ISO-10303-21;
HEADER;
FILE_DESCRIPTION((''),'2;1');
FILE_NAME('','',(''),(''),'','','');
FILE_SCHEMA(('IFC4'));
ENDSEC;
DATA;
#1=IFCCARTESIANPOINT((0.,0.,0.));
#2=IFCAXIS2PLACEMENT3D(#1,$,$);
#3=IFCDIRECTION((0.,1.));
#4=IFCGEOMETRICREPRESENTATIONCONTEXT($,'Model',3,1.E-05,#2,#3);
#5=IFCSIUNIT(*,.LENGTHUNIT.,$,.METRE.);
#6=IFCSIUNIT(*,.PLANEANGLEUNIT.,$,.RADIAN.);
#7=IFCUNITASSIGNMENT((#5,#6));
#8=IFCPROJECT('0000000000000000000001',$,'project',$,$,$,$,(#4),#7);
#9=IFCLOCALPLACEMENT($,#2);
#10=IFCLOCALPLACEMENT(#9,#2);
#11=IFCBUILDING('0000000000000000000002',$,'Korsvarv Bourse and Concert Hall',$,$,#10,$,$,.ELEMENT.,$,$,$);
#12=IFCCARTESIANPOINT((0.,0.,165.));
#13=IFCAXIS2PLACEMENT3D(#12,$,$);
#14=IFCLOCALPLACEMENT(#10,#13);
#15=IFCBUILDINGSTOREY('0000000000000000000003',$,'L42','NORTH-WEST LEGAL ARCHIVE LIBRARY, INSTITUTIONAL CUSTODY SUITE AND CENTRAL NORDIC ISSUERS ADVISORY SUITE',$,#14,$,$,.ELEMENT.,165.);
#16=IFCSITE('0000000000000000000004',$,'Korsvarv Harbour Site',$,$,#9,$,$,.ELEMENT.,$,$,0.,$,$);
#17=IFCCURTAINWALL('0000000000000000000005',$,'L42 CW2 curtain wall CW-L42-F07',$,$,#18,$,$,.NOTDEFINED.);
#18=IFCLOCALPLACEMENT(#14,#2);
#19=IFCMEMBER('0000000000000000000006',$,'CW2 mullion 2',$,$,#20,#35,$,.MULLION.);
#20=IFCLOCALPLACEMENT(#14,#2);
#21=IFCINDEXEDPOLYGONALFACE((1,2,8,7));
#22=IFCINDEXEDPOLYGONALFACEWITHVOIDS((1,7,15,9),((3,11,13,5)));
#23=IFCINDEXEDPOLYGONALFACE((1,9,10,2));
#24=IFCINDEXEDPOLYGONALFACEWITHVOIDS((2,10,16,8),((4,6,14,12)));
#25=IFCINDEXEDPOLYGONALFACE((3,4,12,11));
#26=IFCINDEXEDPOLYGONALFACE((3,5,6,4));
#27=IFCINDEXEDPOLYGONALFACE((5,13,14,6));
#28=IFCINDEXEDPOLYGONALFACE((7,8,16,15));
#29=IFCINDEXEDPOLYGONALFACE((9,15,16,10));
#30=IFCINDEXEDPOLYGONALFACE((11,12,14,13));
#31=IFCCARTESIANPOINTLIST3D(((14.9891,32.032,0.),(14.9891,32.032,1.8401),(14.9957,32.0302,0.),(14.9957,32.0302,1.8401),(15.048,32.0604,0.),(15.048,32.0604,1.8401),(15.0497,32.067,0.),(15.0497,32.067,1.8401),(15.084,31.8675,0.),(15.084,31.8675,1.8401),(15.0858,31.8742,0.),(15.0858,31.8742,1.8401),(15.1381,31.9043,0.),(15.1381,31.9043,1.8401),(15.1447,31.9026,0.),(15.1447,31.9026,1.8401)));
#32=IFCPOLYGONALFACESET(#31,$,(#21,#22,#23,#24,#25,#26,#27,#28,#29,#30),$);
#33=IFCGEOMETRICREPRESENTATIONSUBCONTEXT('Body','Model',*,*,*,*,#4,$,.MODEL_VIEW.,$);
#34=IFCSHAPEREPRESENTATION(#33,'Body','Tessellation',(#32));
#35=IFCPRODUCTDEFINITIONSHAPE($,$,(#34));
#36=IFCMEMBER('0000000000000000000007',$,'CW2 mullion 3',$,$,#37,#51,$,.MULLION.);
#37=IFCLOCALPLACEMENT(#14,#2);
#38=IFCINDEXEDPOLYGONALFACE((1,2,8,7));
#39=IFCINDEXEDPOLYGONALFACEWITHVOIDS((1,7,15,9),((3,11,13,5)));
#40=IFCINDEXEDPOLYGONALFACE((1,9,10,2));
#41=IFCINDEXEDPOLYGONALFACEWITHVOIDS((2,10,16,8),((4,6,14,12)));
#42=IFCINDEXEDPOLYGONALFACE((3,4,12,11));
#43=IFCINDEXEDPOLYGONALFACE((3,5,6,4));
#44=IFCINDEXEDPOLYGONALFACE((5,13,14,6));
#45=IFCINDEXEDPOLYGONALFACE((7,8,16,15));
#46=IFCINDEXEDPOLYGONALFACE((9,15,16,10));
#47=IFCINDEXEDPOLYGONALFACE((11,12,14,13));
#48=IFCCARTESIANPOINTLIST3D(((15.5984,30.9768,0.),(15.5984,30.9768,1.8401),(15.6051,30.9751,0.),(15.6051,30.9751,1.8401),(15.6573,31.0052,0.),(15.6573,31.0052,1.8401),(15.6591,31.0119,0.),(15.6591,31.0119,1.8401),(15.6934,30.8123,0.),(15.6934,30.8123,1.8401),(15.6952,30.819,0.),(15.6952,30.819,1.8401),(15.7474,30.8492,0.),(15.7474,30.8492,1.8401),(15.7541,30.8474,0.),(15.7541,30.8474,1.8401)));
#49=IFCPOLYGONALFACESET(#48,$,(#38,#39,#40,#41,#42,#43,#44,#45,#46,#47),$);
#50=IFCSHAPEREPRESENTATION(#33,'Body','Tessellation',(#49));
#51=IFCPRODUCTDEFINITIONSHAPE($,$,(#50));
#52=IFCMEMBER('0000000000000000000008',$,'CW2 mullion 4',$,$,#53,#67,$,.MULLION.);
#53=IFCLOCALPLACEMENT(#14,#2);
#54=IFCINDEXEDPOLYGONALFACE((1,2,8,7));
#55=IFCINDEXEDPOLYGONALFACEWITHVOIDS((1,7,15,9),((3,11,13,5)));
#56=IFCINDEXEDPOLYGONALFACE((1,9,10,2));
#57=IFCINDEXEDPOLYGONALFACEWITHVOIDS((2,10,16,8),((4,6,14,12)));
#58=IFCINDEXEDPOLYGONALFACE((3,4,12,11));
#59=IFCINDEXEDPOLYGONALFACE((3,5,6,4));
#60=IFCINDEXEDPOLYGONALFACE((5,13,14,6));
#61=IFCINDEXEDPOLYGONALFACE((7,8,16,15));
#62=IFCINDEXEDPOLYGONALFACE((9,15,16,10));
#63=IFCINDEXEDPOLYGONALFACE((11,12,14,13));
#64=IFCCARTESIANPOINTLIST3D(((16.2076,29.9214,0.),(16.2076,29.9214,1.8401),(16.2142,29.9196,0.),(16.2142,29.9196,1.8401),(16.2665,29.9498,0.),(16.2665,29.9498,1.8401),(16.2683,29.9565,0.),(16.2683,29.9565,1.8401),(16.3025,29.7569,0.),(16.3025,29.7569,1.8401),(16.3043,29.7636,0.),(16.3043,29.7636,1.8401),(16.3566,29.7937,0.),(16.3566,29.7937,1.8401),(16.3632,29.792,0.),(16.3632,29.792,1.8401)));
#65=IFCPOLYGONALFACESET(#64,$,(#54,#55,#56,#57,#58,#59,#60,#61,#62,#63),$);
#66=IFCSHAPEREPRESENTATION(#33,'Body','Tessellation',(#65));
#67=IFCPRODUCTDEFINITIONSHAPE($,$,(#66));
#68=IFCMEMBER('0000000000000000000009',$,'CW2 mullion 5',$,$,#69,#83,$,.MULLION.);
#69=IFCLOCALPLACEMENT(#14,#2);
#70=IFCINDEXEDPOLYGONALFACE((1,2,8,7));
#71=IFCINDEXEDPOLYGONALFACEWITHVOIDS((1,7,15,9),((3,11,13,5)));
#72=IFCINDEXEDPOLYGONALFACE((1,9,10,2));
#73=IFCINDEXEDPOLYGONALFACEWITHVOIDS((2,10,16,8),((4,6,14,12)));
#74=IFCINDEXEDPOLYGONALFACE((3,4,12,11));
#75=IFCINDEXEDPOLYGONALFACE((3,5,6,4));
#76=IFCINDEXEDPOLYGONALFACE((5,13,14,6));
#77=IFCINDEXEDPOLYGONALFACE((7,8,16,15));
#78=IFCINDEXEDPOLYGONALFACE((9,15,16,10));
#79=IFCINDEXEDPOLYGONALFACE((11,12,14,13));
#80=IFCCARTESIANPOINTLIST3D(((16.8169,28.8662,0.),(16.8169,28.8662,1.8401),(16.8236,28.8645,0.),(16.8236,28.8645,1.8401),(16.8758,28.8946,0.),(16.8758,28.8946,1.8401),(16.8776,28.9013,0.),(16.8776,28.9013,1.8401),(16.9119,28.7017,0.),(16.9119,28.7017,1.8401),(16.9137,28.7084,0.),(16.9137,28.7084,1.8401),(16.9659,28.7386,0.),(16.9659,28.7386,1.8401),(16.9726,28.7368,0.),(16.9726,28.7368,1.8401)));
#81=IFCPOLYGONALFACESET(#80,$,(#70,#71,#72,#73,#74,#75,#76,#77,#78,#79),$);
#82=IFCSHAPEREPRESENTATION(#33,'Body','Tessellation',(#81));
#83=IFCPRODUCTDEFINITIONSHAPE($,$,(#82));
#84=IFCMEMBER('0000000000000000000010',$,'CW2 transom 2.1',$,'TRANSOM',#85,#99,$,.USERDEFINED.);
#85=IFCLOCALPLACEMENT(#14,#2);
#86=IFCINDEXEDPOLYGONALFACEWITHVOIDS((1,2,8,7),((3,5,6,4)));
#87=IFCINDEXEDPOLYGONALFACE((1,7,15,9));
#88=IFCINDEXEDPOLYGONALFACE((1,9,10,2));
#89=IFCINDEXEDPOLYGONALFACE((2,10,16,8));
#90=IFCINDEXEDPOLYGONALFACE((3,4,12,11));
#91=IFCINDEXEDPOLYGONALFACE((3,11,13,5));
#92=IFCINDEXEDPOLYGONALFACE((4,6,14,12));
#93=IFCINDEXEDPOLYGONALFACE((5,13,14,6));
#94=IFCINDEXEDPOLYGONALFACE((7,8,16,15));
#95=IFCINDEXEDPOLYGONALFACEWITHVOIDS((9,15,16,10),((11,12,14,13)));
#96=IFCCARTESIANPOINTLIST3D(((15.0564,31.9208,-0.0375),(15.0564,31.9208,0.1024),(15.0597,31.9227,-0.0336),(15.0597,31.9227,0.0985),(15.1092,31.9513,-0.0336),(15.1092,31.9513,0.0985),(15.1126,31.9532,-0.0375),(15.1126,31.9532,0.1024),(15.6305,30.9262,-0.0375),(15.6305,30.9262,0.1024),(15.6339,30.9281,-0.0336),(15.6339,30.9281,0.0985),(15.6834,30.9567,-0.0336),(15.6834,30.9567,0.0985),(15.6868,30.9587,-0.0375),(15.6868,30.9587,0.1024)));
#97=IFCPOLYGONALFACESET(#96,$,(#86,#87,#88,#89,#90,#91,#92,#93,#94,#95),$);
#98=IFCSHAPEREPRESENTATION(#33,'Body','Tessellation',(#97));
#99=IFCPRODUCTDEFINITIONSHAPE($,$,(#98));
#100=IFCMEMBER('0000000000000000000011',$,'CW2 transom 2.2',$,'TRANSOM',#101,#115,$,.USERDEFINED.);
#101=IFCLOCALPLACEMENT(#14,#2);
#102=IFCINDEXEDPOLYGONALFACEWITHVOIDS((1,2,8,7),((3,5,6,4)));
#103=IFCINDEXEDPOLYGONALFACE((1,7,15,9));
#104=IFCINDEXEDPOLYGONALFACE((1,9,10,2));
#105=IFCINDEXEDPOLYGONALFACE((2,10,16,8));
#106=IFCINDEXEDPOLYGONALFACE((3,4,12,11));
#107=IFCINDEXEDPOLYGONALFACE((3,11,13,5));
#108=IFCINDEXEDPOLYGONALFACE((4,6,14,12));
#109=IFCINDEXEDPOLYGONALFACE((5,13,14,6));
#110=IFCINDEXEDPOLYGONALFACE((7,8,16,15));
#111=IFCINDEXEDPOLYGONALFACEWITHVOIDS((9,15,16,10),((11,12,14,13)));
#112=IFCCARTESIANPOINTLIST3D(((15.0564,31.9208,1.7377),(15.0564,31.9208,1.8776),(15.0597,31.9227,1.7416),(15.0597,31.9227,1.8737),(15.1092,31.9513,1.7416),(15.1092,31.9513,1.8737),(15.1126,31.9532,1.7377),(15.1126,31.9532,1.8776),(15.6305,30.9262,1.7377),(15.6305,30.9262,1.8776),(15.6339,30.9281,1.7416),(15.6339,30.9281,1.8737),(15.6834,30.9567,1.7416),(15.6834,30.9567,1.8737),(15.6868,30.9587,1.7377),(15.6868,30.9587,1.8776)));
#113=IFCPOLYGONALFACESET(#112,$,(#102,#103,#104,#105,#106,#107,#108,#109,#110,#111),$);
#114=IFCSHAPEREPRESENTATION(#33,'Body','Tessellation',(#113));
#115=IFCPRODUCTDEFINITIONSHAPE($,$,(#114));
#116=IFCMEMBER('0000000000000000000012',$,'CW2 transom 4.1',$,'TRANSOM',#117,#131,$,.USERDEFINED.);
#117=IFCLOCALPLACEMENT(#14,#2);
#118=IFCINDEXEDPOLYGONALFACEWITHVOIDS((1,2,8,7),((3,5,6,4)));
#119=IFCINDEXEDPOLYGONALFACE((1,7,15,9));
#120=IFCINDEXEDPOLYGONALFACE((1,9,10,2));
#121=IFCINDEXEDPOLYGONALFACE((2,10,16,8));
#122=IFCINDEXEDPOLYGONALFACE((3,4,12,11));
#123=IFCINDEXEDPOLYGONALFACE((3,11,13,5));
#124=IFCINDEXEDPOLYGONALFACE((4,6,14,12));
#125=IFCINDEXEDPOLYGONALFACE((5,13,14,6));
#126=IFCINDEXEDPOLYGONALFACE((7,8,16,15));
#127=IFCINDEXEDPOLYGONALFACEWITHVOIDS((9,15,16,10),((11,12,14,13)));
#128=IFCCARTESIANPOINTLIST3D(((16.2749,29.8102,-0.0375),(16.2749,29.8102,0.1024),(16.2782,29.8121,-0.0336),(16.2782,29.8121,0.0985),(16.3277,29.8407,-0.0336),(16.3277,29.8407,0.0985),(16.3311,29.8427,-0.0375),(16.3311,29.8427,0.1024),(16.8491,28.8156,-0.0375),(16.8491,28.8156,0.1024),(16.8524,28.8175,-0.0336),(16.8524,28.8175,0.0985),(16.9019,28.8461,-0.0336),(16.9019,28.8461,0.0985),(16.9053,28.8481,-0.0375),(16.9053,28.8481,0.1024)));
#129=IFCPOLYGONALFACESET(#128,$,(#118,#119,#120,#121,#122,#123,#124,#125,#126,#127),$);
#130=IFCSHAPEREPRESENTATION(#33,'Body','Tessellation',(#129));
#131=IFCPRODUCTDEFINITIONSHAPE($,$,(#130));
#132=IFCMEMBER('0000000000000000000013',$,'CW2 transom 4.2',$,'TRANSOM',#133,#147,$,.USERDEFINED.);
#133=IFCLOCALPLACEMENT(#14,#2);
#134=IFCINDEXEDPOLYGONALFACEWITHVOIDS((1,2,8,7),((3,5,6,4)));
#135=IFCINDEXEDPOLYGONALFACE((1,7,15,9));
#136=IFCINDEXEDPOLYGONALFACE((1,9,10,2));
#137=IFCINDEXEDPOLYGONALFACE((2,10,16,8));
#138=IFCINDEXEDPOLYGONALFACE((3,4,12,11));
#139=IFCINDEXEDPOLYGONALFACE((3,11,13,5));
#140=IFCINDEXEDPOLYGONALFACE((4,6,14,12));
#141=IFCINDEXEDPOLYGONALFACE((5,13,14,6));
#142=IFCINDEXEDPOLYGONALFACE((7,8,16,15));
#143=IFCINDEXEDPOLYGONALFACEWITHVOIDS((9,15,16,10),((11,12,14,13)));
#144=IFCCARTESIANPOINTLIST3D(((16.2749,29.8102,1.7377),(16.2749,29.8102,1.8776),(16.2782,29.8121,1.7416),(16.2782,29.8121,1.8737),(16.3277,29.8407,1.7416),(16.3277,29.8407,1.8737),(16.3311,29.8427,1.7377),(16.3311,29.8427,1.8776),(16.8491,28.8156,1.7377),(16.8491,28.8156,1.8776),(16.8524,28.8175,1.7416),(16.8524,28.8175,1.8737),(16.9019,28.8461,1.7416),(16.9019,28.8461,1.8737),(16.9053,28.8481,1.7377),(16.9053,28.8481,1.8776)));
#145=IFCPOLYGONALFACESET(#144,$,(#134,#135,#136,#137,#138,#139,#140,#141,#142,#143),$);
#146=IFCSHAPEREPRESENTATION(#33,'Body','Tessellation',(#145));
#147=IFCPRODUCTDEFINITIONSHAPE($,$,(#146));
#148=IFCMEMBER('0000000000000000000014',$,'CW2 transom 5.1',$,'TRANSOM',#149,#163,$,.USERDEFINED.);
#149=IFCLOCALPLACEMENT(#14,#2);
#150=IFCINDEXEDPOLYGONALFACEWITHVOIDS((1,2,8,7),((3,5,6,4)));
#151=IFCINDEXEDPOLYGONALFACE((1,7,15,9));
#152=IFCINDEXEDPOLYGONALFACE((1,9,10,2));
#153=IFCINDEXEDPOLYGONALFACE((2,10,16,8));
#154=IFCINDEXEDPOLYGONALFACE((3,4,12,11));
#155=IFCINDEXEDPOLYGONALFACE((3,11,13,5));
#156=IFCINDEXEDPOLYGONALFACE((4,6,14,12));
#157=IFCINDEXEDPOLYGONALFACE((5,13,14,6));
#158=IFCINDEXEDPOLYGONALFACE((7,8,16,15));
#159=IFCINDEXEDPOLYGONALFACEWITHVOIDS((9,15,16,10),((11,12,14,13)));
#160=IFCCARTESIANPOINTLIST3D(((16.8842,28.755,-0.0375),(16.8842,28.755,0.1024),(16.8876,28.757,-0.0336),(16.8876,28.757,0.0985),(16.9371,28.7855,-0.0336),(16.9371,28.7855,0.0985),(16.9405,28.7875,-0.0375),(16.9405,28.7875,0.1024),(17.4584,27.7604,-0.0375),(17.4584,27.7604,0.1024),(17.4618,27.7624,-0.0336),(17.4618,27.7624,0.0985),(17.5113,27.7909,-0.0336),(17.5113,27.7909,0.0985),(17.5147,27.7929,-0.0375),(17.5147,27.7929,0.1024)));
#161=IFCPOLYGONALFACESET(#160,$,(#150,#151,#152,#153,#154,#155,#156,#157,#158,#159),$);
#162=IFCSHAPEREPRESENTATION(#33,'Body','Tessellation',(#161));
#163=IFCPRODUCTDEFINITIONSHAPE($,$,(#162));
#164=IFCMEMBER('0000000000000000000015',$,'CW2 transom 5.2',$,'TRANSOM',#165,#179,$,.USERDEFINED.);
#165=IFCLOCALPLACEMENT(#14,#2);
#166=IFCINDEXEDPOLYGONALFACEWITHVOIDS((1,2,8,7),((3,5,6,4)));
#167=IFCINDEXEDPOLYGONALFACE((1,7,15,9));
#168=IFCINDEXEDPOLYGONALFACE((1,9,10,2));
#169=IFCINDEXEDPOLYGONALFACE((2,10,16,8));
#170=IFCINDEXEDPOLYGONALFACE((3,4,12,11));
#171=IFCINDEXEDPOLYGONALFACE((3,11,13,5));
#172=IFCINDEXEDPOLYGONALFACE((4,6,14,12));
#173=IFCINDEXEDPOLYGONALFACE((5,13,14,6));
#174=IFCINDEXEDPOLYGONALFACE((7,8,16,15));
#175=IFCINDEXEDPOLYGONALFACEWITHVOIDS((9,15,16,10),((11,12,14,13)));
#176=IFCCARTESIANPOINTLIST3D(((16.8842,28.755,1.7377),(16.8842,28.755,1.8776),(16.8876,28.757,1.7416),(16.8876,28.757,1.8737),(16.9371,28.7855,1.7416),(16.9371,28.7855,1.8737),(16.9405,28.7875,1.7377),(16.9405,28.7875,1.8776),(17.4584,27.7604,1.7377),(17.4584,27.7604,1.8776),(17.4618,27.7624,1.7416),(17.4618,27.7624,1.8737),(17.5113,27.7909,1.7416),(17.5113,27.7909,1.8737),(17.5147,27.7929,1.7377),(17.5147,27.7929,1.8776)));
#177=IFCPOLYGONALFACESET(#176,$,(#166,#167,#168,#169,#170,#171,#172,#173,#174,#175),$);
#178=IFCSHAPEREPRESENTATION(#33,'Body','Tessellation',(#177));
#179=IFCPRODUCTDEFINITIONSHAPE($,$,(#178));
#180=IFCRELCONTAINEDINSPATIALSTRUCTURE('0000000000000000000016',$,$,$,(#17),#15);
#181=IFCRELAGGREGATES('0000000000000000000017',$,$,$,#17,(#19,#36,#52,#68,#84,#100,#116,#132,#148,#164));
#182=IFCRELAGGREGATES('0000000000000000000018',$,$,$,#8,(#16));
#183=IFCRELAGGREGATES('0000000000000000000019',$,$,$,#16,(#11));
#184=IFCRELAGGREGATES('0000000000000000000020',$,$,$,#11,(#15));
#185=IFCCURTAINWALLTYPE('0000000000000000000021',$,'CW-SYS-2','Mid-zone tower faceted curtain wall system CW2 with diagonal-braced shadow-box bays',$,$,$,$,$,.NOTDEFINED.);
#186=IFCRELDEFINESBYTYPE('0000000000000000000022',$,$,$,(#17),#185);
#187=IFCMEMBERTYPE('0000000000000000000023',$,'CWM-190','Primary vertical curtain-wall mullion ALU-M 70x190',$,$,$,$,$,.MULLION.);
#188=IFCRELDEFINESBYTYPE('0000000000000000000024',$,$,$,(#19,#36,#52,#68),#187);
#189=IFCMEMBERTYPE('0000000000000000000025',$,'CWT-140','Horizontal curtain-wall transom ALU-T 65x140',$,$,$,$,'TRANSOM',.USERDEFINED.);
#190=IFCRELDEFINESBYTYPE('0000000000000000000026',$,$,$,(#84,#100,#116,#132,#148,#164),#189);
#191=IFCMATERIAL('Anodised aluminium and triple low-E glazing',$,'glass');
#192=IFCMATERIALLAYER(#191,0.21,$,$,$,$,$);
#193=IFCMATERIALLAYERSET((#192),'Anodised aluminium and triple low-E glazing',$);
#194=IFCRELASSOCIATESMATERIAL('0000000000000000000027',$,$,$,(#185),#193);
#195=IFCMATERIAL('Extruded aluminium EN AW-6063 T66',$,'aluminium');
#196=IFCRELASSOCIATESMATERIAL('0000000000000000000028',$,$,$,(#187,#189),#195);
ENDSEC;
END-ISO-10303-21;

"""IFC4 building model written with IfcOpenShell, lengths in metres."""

from ifc_helpers import new_model, si_unit, direction, frame, origin, origin_2d, place, context, subcontext, project, spatial, hollow_rectangle, extrude, source, transform, mapped, material, layer, layer_set, material_profile, profile_set, type_object, element, aggregate, save


model = new_model("IFC4")

# Units and contexts
model_context = context("Model", 3, precision=1e-05, world=origin(), true_north=direction((0.0, 1.0)))
body_context = subcontext(model_context, "Body", "Model", "MODEL_VIEW")
ifc_project = project(units=[si_unit("LENGTHUNIT", "METRE"), si_unit("PLANEANGLEUNIT", "RADIAN")], contexts=[model_context])

# Site, building, storey
site_placement = place(None, origin())
site = spatial("IfcSite", under=ifc_project, at=site_placement, Name="Korsvarv Harbour Site", CompositionType="ELEMENT", RefElevation=0.0)
building_placement = place(site_placement, origin())
building = spatial("IfcBuilding", under=site, at=building_placement, Name="Korsvarv Bourse and Concert Hall", CompositionType="ELEMENT")
storey_placement = place(building_placement, frame((0.0, 0.0, 165.0)))
storey = spatial("IfcBuildingStorey", under=building, at=storey_placement, Name="L42", Description="NORTH-WEST LEGAL ARCHIVE LIBRARY, INSTITUTIONAL CUSTODY SUITE AND CENTRAL NORDIC ISSUERS ADVISORY SUITE", CompositionType="ELEMENT", Elevation=165.0)

# Curtain wall, members
ifc_material_1 = material(Name="Anodised aluminium and triple low-E glazing", Category="glass")
ifc_layer_1 = layer(ifc_material_1, 0.21)
ifc_layer_set_1 = layer_set([ifc_layer_1], Name="Anodised aluminium and triple low-E glazing")
curtain_wall_type = type_object("IfcCurtainWallType", Name="CW-SYS-2", Description="Mid-zone tower faceted curtain wall system CW2 with diagonal-braced shadow-box bays", PredefinedType="NOTDEFINED", material=ifc_layer_set_1)
curtain_wall_placement = place(storey_placement, origin())
curtain_wall = element("IfcCurtainWall", 1, at=curtain_wall_placement, inside=storey, type_object=curtain_wall_type, Name="L42 CW2 curtain wall CW-L42-F07", PredefinedType="NOTDEFINED")
ifc_material_2 = material(Name="Extruded aluminium EN AW-6063 T66", Category="aluminium")
ifc_material_profile_1 = material_profile(ifc_material_2, hollow_rectangle(XDim=0.0701, YDim=0.1899, WallThickness=0.0049, at=origin_2d()), Name="ALU-M 70x190")
ifc_profile_set_1 = profile_set([ifc_material_profile_1], Name="Extruded aluminium EN AW-6063 T66")
member_type_1 = type_object("IfcMemberType", Name="CWM-190", Description="Primary vertical curtain-wall mullion ALU-M 70x190", PredefinedType="MULLION", material=ifc_profile_set_1)
shared_shape_1 = source(origin(), body_context, "Body", "SweptSolid", [
    extrude(hollow_rectangle(XDim=0.0701, YDim=0.1899, WallThickness=0.0049, at=origin_2d()), origin(), (0.0, 0.0, 1.0), 1.8401),
])
member_1_placement = place(storey_placement, frame((15.0669, 31.9673, 0.0), z_axis=(0.0, 0.0, 1.0), x_axis=(0.866024, 0.500002, 0.0)))
member_1 = element("IfcMember", 2, at=member_1_placement, type_object=member_type_1, Name="CW2 mullion 2", PredefinedType="MULLION", context=body_context, shape_type="MappedRepresentation", body=[
    mapped(shared_shape_1, transform((0.0, 0.0, 0.0), scale=1.0)),
])
member_2_placement = place(storey_placement, frame((15.6763, 30.9121, 0.0), z_axis=(0.0, 0.0, 1.0), x_axis=(0.866024, 0.500002, 0.0)))
member_2 = element("IfcMember", 3, at=member_2_placement, type_object=member_type_1, Name="CW2 mullion 3", PredefinedType="MULLION", context=body_context, shape_type="MappedRepresentation", body=[
    mapped(shared_shape_1, transform((0.0, 0.0, 0.0), scale=1.0)),
])
member_3_placement = place(storey_placement, frame((16.2854, 29.8567, 0.0), z_axis=(0.0, 0.0, 1.0), x_axis=(0.866024, 0.500002, 0.0)))
member_3 = element("IfcMember", 4, at=member_3_placement, type_object=member_type_1, Name="CW2 mullion 4", PredefinedType="MULLION", context=body_context, shape_type="MappedRepresentation", body=[
    mapped(shared_shape_1, transform((0.0, 0.0, 0.0), scale=1.0)),
])
member_4_placement = place(storey_placement, frame((16.8948, 28.8015, 0.0), z_axis=(0.0, 0.0, 1.0), x_axis=(0.866024, 0.500002, 0.0)))
member_4 = element("IfcMember", 5, at=member_4_placement, type_object=member_type_1, Name="CW2 mullion 5", PredefinedType="MULLION", context=body_context, shape_type="MappedRepresentation", body=[
    mapped(shared_shape_1, transform((0.0, 0.0, 0.0), scale=1.0)),
])
ifc_material_profile_2 = material_profile(ifc_material_2, hollow_rectangle(XDim=0.0649, YDim=0.1399, WallThickness=0.0039, at=origin_2d()), Name="ALU-T 65x140")
ifc_profile_set_2 = profile_set([ifc_material_profile_2], Name="Extruded aluminium EN AW-6063 T66")
member_type_2 = type_object("IfcMemberType", Name="CWT-140", Description="Horizontal curtain-wall transom ALU-T 65x140", ElementType="TRANSOM", PredefinedType="USERDEFINED", material=ifc_profile_set_2)
shared_shape_2 = source(origin(), body_context, "Body", "SweptSolid", [
    extrude(hollow_rectangle(XDim=0.0649, YDim=0.1399, WallThickness=0.0039, at=origin_2d()), origin(), (0.0, 0.0, 1.0), 1.1484),
])
member_5_placement = place(storey_placement, frame((15.0845, 31.937, 0.0325), z_axis=(0.49998, -0.866037, 0.0), x_axis=(0.866037, 0.49998, 0.0)))
member_5 = element("IfcMember", 6, at=member_5_placement, type_object=member_type_2, Name="CW2 transom 2.1", ObjectType="TRANSOM", PredefinedType="USERDEFINED", context=body_context, shape_type="MappedRepresentation", body=[
    mapped(shared_shape_2, transform((0.0, 0.0, 0.0), scale=1.0)),
])
member_6_placement = place(storey_placement, frame((15.0845, 31.937, 1.8076), z_axis=(0.49998, -0.866037, 0.0), x_axis=(0.866037, 0.49998, 0.0)))
member_6 = element("IfcMember", 7, at=member_6_placement, type_object=member_type_2, Name="CW2 transom 2.2", ObjectType="TRANSOM", PredefinedType="USERDEFINED", context=body_context, shape_type="MappedRepresentation", body=[
    mapped(shared_shape_2, transform((0.0, 0.0, 0.0), scale=1.0)),
])
member_7_placement = place(storey_placement, frame((16.303, 29.8264, 0.0325), z_axis=(0.49998, -0.866037, 0.0), x_axis=(0.866037, 0.49998, 0.0)))
member_7 = element("IfcMember", 8, at=member_7_placement, type_object=member_type_2, Name="CW2 transom 4.1", ObjectType="TRANSOM", PredefinedType="USERDEFINED", context=body_context, shape_type="MappedRepresentation", body=[
    mapped(shared_shape_2, transform((0.0, 0.0, 0.0), scale=1.0)),
])
member_8_placement = place(storey_placement, frame((16.303, 29.8264, 1.8076), z_axis=(0.49998, -0.866037, 0.0), x_axis=(0.866037, 0.49998, 0.0)))
member_8 = element("IfcMember", 9, at=member_8_placement, type_object=member_type_2, Name="CW2 transom 4.2", ObjectType="TRANSOM", PredefinedType="USERDEFINED", context=body_context, shape_type="MappedRepresentation", body=[
    mapped(shared_shape_2, transform((0.0, 0.0, 0.0), scale=1.0)),
])
member_9_placement = place(storey_placement, frame((16.9124, 28.7712, 0.0325), z_axis=(0.49998, -0.866037, 0.0), x_axis=(0.866037, 0.49998, 0.0)))
member_9 = element("IfcMember", 10, at=member_9_placement, type_object=member_type_2, Name="CW2 transom 5.1", ObjectType="TRANSOM", PredefinedType="USERDEFINED", context=body_context, shape_type="MappedRepresentation", body=[
    mapped(shared_shape_2, transform((0.0, 0.0, 0.0), scale=1.0)),
])
member_10_placement = place(storey_placement, frame((16.9124, 28.7712, 1.8076), z_axis=(0.49998, -0.866037, 0.0), x_axis=(0.866037, 0.49998, 0.0)))
member_10 = element("IfcMember", 11, at=member_10_placement, type_object=member_type_2, Name="CW2 transom 5.2", ObjectType="TRANSOM", PredefinedType="USERDEFINED", context=body_context, shape_type="MappedRepresentation", body=[
    mapped(shared_shape_2, transform((0.0, 0.0, 0.0), scale=1.0)),
])
aggregate(curtain_wall, [member_1, member_2, member_3, member_4, member_5, member_6, member_7, member_8, member_9, member_10])

save(model, "model.ifc")
